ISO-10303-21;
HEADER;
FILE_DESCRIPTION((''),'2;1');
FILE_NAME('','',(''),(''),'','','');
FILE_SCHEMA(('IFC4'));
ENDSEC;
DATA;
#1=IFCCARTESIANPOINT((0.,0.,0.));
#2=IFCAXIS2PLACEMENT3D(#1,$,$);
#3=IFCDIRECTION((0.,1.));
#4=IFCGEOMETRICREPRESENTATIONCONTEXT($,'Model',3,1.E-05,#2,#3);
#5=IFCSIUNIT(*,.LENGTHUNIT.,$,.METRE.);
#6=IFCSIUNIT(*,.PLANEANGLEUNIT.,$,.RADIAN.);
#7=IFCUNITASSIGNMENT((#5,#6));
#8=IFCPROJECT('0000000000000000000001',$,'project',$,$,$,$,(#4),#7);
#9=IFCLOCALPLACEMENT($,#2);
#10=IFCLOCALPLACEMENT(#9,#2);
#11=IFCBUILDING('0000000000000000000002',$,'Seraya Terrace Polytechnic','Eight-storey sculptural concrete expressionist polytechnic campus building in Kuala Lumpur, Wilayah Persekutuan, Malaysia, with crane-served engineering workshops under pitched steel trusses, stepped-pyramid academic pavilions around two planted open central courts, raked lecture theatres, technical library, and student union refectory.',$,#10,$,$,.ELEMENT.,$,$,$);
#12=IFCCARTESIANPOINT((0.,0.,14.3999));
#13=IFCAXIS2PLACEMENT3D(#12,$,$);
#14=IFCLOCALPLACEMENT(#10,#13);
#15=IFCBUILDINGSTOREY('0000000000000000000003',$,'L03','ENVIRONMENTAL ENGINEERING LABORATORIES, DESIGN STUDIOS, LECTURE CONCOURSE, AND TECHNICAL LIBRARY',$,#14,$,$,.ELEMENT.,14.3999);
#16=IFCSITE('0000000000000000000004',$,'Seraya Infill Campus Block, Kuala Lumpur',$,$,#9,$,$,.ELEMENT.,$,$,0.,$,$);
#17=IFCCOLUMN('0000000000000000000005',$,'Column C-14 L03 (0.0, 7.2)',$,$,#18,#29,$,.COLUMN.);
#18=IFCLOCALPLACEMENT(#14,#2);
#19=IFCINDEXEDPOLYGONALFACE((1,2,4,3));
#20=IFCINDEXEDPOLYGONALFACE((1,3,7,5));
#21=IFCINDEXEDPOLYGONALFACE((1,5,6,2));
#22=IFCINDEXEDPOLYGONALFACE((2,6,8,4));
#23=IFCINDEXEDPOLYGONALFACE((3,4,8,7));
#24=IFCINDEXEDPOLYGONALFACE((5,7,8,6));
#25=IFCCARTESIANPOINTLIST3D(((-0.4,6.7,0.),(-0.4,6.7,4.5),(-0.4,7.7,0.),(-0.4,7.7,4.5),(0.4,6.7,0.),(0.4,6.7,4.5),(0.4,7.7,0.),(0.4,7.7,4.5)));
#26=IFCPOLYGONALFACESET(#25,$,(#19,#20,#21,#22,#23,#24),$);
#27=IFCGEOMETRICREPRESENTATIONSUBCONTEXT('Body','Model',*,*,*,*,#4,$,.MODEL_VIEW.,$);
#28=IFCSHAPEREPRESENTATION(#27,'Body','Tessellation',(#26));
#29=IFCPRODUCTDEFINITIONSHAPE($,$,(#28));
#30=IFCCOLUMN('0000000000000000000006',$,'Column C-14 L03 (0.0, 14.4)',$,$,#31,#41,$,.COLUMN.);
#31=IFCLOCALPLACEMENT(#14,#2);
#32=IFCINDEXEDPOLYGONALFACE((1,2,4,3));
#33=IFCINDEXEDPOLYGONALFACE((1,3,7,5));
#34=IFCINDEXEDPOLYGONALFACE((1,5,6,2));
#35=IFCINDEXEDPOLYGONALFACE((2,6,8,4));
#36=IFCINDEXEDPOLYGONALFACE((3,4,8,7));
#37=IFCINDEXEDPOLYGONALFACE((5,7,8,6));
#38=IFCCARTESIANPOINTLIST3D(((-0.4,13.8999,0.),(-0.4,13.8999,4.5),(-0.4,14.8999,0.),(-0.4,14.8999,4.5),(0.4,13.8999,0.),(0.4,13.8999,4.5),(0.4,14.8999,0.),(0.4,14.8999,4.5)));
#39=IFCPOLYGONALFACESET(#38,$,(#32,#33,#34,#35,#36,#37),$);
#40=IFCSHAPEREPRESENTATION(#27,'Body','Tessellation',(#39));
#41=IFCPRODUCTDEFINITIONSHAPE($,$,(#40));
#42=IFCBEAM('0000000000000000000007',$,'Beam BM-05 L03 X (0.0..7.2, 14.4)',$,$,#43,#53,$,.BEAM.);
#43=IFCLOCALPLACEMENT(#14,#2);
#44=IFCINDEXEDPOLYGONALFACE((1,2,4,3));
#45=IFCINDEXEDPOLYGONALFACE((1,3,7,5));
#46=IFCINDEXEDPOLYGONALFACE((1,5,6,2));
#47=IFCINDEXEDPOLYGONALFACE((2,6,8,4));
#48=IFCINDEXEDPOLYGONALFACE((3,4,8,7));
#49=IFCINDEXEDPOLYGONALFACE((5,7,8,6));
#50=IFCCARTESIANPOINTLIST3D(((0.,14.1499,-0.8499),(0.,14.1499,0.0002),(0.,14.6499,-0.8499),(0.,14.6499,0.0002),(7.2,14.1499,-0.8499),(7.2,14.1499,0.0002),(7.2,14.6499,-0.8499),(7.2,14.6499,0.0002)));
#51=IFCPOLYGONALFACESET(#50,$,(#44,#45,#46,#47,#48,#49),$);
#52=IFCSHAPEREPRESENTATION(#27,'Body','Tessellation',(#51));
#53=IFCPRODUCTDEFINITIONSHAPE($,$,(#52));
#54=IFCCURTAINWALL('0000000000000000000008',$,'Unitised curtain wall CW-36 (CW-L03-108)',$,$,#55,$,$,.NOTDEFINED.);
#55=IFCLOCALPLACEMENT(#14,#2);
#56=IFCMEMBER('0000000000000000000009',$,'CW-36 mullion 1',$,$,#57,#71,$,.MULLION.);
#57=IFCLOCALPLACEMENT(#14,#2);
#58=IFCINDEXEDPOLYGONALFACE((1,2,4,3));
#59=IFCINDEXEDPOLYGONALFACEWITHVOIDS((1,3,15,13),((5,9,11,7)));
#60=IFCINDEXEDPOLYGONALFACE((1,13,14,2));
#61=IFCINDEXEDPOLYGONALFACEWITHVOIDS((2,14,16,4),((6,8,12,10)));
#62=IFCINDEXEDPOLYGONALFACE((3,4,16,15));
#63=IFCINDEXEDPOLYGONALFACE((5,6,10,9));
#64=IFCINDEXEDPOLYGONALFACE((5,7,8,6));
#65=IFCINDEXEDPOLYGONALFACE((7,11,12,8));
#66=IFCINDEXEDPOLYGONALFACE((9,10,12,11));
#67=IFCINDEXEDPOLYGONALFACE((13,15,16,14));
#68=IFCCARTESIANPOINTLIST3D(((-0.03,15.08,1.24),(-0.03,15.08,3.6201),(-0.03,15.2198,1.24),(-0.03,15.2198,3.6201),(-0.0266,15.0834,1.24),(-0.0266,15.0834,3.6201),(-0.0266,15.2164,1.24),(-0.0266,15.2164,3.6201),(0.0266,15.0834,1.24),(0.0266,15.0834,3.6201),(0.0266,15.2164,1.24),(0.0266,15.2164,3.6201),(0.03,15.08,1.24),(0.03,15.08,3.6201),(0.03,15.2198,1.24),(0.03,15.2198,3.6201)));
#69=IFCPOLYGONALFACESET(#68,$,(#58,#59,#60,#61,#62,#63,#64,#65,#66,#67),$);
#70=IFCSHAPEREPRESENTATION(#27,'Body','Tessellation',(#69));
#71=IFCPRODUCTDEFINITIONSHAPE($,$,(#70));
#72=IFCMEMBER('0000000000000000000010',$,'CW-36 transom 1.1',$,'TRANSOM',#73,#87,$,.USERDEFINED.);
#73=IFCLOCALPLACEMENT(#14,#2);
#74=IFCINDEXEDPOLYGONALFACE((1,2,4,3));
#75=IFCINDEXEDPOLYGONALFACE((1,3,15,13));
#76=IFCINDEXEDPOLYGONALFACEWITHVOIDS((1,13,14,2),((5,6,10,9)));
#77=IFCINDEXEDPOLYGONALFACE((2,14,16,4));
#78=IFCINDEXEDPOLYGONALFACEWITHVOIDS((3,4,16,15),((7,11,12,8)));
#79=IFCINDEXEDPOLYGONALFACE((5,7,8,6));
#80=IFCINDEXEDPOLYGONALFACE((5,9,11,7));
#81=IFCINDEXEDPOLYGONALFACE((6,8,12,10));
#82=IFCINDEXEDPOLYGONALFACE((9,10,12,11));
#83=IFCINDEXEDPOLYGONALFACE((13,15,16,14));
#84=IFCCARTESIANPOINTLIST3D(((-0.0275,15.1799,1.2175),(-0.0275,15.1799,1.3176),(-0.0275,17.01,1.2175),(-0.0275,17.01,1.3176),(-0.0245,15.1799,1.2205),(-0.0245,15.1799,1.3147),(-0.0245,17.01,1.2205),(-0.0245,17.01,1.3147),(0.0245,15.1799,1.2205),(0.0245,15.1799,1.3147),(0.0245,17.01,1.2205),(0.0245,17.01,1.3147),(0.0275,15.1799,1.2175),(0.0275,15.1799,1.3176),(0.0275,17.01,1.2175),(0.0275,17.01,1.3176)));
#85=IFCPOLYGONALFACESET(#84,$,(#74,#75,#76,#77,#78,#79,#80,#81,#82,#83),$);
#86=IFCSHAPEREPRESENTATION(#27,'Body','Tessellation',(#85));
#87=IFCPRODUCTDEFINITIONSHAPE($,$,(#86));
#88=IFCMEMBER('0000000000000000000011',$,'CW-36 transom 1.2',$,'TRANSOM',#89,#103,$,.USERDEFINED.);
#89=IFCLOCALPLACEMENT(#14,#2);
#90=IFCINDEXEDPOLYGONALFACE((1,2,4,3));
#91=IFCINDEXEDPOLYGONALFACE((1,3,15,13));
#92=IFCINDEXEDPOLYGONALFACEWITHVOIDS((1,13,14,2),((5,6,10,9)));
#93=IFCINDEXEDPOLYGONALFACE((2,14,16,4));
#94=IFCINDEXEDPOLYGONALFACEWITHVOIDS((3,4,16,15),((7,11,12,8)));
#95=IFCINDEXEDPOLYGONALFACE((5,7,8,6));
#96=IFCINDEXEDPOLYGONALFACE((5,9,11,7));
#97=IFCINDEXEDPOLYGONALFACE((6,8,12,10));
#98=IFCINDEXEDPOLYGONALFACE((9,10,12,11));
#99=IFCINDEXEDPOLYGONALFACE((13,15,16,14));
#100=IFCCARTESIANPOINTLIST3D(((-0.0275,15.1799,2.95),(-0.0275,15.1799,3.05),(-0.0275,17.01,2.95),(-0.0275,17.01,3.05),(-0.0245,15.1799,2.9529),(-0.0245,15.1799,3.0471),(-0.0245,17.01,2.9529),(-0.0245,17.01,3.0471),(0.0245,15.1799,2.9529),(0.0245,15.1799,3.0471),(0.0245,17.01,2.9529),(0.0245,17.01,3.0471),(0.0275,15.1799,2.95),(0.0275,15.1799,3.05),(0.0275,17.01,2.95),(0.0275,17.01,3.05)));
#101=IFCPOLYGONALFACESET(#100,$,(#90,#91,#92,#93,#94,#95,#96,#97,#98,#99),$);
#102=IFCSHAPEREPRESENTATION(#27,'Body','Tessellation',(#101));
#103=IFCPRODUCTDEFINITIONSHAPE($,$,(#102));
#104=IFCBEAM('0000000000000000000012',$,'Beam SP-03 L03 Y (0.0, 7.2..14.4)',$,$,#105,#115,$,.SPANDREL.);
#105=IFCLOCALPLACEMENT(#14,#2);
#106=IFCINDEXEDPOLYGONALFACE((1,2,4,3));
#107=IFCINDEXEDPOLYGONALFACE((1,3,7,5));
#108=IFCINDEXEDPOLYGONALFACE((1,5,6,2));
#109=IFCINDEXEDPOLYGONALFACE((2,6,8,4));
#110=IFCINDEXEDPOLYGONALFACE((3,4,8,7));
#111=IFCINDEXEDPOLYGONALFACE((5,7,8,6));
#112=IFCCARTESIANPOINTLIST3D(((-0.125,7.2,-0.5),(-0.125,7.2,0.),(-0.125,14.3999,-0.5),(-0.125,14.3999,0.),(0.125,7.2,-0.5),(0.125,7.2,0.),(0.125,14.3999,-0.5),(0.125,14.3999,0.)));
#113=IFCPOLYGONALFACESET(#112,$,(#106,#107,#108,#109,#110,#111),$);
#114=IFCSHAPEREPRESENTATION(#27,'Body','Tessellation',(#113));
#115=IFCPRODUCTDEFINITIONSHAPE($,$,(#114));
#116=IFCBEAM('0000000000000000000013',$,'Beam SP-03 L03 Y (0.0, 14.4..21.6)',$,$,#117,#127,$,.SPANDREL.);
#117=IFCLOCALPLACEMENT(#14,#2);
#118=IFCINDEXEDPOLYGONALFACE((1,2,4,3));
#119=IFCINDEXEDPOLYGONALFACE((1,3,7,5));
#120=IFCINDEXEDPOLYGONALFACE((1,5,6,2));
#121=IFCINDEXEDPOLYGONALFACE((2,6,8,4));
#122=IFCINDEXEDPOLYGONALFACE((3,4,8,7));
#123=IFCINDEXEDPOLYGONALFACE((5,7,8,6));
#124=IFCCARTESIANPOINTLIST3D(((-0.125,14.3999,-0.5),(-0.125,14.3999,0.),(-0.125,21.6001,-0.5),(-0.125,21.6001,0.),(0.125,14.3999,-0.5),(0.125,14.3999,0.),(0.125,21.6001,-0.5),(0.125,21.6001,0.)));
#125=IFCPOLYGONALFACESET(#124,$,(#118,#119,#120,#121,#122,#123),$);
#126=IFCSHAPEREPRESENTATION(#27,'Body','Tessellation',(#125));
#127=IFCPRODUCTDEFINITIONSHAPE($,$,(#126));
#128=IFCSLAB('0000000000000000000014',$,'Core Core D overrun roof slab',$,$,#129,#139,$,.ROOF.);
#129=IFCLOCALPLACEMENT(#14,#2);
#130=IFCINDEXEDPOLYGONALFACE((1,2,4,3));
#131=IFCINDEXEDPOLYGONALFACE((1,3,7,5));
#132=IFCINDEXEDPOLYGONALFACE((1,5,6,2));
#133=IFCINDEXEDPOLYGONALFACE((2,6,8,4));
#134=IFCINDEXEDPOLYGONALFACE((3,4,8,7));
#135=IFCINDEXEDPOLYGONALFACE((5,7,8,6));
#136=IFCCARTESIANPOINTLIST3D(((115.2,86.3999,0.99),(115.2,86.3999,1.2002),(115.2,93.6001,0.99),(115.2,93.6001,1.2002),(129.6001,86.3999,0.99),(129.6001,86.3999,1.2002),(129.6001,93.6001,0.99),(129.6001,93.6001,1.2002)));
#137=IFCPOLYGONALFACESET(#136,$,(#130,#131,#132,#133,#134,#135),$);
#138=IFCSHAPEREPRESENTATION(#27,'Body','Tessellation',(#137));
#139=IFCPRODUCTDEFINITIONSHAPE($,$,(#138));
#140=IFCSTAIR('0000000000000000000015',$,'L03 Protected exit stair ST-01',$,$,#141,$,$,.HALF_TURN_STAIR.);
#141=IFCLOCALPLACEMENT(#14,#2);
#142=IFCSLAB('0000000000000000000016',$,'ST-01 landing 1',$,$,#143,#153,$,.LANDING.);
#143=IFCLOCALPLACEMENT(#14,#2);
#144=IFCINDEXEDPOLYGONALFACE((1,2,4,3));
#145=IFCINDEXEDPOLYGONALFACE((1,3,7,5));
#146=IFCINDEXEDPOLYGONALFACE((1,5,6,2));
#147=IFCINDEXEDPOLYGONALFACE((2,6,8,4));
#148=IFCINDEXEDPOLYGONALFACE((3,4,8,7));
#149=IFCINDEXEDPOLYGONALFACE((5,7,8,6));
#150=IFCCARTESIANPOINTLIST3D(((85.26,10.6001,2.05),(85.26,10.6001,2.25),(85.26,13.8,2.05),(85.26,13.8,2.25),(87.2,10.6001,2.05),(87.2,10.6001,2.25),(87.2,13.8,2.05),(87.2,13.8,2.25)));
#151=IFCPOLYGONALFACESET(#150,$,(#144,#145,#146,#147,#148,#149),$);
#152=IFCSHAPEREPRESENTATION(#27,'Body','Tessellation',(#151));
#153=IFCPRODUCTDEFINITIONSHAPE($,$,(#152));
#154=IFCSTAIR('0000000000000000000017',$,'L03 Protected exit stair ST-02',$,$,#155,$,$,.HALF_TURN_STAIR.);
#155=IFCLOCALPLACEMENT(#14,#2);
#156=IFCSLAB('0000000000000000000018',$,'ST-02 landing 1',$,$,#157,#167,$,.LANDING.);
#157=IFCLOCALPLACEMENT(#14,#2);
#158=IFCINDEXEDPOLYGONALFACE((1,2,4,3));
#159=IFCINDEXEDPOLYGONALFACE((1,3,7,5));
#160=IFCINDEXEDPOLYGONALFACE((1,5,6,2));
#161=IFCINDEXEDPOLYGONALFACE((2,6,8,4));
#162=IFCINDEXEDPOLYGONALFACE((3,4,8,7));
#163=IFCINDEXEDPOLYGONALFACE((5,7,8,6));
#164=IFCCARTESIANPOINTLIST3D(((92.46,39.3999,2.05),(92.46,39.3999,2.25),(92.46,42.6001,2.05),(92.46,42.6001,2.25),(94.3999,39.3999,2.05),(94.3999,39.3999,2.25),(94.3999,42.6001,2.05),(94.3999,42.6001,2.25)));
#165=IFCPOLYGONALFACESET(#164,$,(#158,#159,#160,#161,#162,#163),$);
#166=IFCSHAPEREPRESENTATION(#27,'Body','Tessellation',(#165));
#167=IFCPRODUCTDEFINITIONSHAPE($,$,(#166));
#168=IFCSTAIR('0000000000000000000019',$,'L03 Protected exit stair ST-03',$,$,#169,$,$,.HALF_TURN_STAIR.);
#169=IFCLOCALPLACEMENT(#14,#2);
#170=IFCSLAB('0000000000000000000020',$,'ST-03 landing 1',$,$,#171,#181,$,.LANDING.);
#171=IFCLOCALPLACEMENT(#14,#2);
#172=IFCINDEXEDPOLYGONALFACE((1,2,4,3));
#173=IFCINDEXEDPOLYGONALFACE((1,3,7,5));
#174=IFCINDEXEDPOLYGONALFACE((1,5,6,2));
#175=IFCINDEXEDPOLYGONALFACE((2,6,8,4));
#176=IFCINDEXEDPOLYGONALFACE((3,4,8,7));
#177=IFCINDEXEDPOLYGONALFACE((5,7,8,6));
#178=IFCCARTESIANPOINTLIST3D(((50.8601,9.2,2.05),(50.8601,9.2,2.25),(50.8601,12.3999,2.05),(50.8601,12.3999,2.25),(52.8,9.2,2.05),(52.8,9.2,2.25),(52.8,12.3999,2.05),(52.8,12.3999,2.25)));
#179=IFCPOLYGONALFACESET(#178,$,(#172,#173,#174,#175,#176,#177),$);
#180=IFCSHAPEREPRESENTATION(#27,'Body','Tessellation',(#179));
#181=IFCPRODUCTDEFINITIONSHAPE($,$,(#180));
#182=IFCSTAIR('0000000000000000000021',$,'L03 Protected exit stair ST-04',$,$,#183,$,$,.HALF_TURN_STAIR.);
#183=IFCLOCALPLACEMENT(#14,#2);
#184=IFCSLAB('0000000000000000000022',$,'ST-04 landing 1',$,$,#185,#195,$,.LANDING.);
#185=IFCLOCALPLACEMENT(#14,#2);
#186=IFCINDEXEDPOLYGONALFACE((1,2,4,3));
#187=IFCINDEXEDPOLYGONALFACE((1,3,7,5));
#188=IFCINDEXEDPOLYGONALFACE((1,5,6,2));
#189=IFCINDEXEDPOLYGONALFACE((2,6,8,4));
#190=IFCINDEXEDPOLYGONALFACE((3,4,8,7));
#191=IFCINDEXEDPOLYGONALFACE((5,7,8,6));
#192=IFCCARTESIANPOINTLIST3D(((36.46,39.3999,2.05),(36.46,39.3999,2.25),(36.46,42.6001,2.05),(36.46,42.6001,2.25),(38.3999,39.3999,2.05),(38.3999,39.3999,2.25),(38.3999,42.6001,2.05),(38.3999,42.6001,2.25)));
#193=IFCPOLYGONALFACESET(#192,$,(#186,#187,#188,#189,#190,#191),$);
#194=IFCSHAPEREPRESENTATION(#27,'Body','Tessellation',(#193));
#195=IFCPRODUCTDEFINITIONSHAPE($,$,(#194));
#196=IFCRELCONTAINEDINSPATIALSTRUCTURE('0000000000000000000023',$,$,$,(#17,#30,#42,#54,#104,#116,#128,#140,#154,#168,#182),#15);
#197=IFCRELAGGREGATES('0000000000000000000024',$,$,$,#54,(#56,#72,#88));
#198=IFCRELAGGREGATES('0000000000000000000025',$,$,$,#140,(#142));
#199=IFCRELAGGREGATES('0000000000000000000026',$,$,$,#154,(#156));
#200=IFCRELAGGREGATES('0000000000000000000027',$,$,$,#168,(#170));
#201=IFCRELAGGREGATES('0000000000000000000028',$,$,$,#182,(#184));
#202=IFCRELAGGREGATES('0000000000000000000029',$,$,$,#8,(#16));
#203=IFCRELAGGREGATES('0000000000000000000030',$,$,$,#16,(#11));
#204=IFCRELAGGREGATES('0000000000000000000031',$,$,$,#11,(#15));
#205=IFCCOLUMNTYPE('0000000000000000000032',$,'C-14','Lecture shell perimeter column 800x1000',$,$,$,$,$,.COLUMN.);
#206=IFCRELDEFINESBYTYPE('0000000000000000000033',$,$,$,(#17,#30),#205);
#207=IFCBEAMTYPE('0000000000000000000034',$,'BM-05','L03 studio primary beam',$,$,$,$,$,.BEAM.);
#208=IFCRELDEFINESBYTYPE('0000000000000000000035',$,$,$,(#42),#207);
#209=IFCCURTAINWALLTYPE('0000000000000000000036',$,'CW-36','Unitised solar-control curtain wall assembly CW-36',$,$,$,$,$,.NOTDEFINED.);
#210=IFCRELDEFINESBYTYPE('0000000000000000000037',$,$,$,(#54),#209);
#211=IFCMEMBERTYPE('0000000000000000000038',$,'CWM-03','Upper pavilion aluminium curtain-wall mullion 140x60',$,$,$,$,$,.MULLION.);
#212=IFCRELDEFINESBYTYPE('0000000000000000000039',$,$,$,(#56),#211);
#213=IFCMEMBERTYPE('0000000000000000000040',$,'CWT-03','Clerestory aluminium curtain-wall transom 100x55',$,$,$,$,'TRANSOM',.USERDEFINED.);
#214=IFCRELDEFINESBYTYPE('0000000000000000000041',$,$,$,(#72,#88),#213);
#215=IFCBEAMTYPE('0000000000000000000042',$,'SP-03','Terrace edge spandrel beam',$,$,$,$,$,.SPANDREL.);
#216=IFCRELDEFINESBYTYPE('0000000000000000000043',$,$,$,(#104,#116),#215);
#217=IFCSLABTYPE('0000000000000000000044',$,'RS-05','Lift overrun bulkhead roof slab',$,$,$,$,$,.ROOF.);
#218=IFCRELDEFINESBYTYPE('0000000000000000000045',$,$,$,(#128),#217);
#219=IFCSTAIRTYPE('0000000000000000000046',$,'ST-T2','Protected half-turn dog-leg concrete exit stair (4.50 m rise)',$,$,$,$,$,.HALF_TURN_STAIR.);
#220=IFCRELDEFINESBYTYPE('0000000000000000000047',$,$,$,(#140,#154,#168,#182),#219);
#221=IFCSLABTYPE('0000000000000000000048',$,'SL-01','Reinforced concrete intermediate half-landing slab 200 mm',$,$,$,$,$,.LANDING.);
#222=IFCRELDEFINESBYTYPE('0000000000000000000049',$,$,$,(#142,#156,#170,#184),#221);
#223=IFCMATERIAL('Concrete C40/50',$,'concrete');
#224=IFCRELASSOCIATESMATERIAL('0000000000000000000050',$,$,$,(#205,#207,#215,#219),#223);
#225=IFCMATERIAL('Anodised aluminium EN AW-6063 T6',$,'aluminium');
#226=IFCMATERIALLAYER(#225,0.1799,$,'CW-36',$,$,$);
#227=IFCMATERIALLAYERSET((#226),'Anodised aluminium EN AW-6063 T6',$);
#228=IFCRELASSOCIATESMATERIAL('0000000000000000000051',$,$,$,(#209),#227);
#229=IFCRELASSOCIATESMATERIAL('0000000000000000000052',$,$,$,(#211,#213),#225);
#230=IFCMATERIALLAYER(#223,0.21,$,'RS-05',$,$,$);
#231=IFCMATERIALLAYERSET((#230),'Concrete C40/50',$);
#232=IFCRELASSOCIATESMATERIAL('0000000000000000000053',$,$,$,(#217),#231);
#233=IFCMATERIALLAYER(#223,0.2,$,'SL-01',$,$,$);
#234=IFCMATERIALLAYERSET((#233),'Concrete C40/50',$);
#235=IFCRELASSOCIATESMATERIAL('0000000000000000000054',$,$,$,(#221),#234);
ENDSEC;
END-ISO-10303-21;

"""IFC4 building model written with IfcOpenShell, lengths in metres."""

from ifc_helpers import new_model, si_unit, direction, frame, origin, origin_2d, place, context, subcontext, project, spatial, polyline, rectangle, hollow_rectangle, outline, extrude, material, layer, layer_set, material_profile, profile_set, type_object, element, aggregate, save


model = new_model("IFC4")

# Units and contexts
model_context = context("Model", 3, precision=1e-05, world=origin(), true_north=direction((0.0, 1.0)))
body_context = subcontext(model_context, "Body", "Model", "MODEL_VIEW")
ifc_project = project(units=[si_unit("LENGTHUNIT", "METRE"), si_unit("PLANEANGLEUNIT", "RADIAN")], contexts=[model_context])

# Site, building, storey
site_placement = place(None, origin())
site = spatial("IfcSite", under=ifc_project, at=site_placement, Name="Seraya Infill Campus Block, Kuala Lumpur", CompositionType="ELEMENT", RefElevation=0.0)
building_placement = place(site_placement, origin())
building = spatial("IfcBuilding", under=site, at=building_placement, Name="Seraya Terrace Polytechnic", Description="Eight-storey sculptural concrete expressionist polytechnic campus building in Kuala Lumpur, Wilayah Persekutuan, Malaysia, with crane-served engineering workshops under pitched steel trusses, stepped-pyramid academic pavilions around two planted open central courts, raked lecture theatres, technical library, and student union refectory.", CompositionType="ELEMENT")
storey_placement = place(building_placement, frame((0.0, 0.0, 14.3999)))
storey = spatial("IfcBuildingStorey", under=building, at=storey_placement, Name="L03", Description="ENVIRONMENTAL ENGINEERING LABORATORIES, DESIGN STUDIOS, LECTURE CONCOURSE, AND TECHNICAL LIBRARY", CompositionType="ELEMENT", Elevation=14.3999)

# Columns
ifc_material_1 = material(Name="Concrete C40/50", Category="concrete")
ifc_material_profile_1 = material_profile(ifc_material_1, rectangle(XDim=0.8, YDim=1.0, at=origin_2d()), Name="RC 800x1000")
ifc_profile_set_1 = profile_set([ifc_material_profile_1], Name="Concrete C40/50")
column_type = type_object("IfcColumnType", Name="C-14", Description="Lecture shell perimeter column 800x1000", PredefinedType="COLUMN", material=ifc_profile_set_1)
for number, where, z_axis, x_axis, name in (
    (1, (0.0, 7.2, 0.0), (0.0, 0.0, 1.0), (1.0, 0.0, 0.0), "Column C-14 L03 (0.0, 7.2)"),
    (2, (0.0, 14.3999, 0.0), (0.0, 0.0, 1.0), (1.0, 0.0, 0.0), "Column C-14 L03 (0.0, 14.4)"),
):
    element("IfcColumn", number, at=place(storey_placement, frame(where, z_axis=z_axis, x_axis=x_axis)), inside=storey, type_object=column_type, Name=name, PredefinedType="COLUMN", context=body_context, shape_type="SweptSolid", body=[
        extrude(rectangle(XDim=0.8, YDim=1.0, at=origin_2d()), origin(), (0.0, 0.0, 1.0), 4.5),
    ])

# Beam
ifc_material_profile_2 = material_profile(ifc_material_1, rectangle(XDim=0.5, YDim=0.8501, at=origin_2d()), Name="RC 500x850")
ifc_profile_set_2 = profile_set([ifc_material_profile_2], Name="Concrete C40/50")
beam_type_1 = type_object("IfcBeamType", Name="BM-05", Description="L03 studio primary beam", PredefinedType="BEAM", material=ifc_profile_set_2)
beam_1_placement = place(storey_placement, frame((0.0, 14.3999, -0.4248), z_axis=(1.0, 0.0, 0.0), x_axis=(0.0, 1.0, 0.0)))
element("IfcBeam", 3, at=beam_1_placement, inside=storey, type_object=beam_type_1, Name="Beam BM-05 L03 X (0.0..7.2, 14.4)", PredefinedType="BEAM", context=body_context, shape_type="SweptSolid", body=[
    extrude(rectangle(XDim=0.5, YDim=0.8501, at=origin_2d()), origin(), (0.0, 0.0, 1.0), 7.2),
])

# Curtain wall, members
ifc_material_2 = material(Name="Anodised aluminium EN AW-6063 T6", Category="aluminium")
ifc_layer_1 = layer(ifc_material_2, 0.1799, Name="CW-36")
ifc_layer_set_1 = layer_set([ifc_layer_1], Name="Anodised aluminium EN AW-6063 T6")
curtain_wall_type = type_object("IfcCurtainWallType", Name="CW-36", Description="Unitised solar-control curtain wall assembly CW-36", PredefinedType="NOTDEFINED", material=ifc_layer_set_1)
curtain_wall_placement = place(storey_placement, origin())
curtain_wall = element("IfcCurtainWall", 4, at=curtain_wall_placement, inside=storey, type_object=curtain_wall_type, Name="Unitised curtain wall CW-36 (CW-L03-108)", PredefinedType="NOTDEFINED")
ifc_material_profile_3 = material_profile(ifc_material_2, hollow_rectangle(XDim=0.0601, YDim=0.1399, WallThickness=0.0034, at=origin_2d()), Name="RHS 140x60x3.5")
ifc_profile_set_3 = profile_set([ifc_material_profile_3], Name="Anodised aluminium EN AW-6063 T6")
member_type_1 = type_object("IfcMemberType", Name="CWM-03", Description="Upper pavilion aluminium curtain-wall mullion 140x60", PredefinedType="MULLION", material=ifc_profile_set_3)
member_1_placement = place(storey_placement, frame((0.0, 15.1499, 1.24), z_axis=(0.0, 0.0, 1.0), x_axis=(-1.0, 0.0, 0.0)))
member_1 = element("IfcMember", 5, at=member_1_placement, type_object=member_type_1, Name="CW-36 mullion 1", PredefinedType="MULLION", context=body_context, shape_type="SweptSolid", body=[
    extrude(hollow_rectangle(XDim=0.0601, YDim=0.1399, WallThickness=0.0034, at=origin_2d()), origin(), (0.0, 0.0, 1.0), 2.3801),
])
ifc_material_profile_4 = material_profile(ifc_material_2, hollow_rectangle(XDim=0.0549, YDim=0.1001, WallThickness=0.0029, at=origin_2d()), Name="RHS 100x55x3.0")
ifc_profile_set_4 = profile_set([ifc_material_profile_4], Name="Anodised aluminium EN AW-6063 T6")
member_type_2 = type_object("IfcMemberType", Name="CWT-03", Description="Clerestory aluminium curtain-wall transom 100x55", ElementType="TRANSOM", PredefinedType="USERDEFINED", material=ifc_profile_set_4)
member_2_placement = place(storey_placement, frame((0.0, 15.1799, 1.2676), z_axis=(0.0, 1.0, 0.0), x_axis=(-1.0, 0.0, 0.0)))
member_2 = element("IfcMember", 6, at=member_2_placement, type_object=member_type_2, Name="CW-36 transom 1.1", ObjectType="TRANSOM", PredefinedType="USERDEFINED", context=body_context, shape_type="SweptSolid", body=[
    extrude(hollow_rectangle(XDim=0.0549, YDim=0.1001, WallThickness=0.0029, at=origin_2d()), origin(), (0.0, 0.0, 1.0), 1.8301),
])
member_3_placement = place(storey_placement, frame((0.0, 15.1799, 3.0), z_axis=(0.0, 1.0, 0.0), x_axis=(-1.0, 0.0, 0.0)))
member_3 = element("IfcMember", 7, at=member_3_placement, type_object=member_type_2, Name="CW-36 transom 1.2", ObjectType="TRANSOM", PredefinedType="USERDEFINED", context=body_context, shape_type="SweptSolid", body=[
    extrude(hollow_rectangle(XDim=0.0549, YDim=0.1001, WallThickness=0.0029, at=origin_2d()), origin(), (0.0, 0.0, 1.0), 1.8301),
])
aggregate(curtain_wall, [member_1, member_2, member_3])

# Beams
ifc_material_profile_5 = material_profile(ifc_material_1, rectangle(XDim=0.25, YDim=0.5, at=origin_2d()), Name="RC 250x500")
ifc_profile_set_5 = profile_set([ifc_material_profile_5], Name="Concrete C40/50")
beam_type_2 = type_object("IfcBeamType", Name="SP-03", Description="Terrace edge spandrel beam", PredefinedType="SPANDREL", material=ifc_profile_set_5)
beam_2_placement = place(storey_placement, frame((0.0, 7.2, -0.25), z_axis=(0.0, 1.0, 0.0), x_axis=(-1.0, 0.0, 0.0)))
element("IfcBeam", 8, at=beam_2_placement, inside=storey, type_object=beam_type_2, Name="Beam SP-03 L03 Y (0.0, 7.2..14.4)", PredefinedType="SPANDREL", context=body_context, shape_type="SweptSolid", body=[
    extrude(rectangle(XDim=0.25, YDim=0.5, at=origin_2d()), origin(), (0.0, 0.0, 1.0), 7.2),
])
beam_3_placement = place(storey_placement, frame((0.0, 14.3999, -0.25), z_axis=(0.0, 1.0, 0.0), x_axis=(-1.0, 0.0, 0.0)))
element("IfcBeam", 9, at=beam_3_placement, inside=storey, type_object=beam_type_2, Name="Beam SP-03 L03 Y (0.0, 14.4..21.6)", PredefinedType="SPANDREL", context=body_context, shape_type="SweptSolid", body=[
    extrude(rectangle(XDim=0.25, YDim=0.5, at=origin_2d()), origin(), (0.0, 0.0, 1.0), 7.2002),
])

# Slab
ifc_layer_2 = layer(ifc_material_1, 0.21, Name="RS-05")
ifc_layer_set_2 = layer_set([ifc_layer_2], Name="Concrete C40/50")
slab_type_1 = type_object("IfcSlabType", Name="RS-05", Description="Lift overrun bulkhead roof slab", PredefinedType="ROOF", material=ifc_layer_set_2)
slab_1_placement = place(storey_placement, frame((0.0, 0.0, 0.99)))
element("IfcSlab", 10, at=slab_1_placement, inside=storey, type_object=slab_type_1, Name="Core Core D overrun roof slab", PredefinedType="ROOF", context=body_context, shape_type="SweptSolid", body=[
    extrude(outline(polyline([(115.2, 86.3999), (129.6001, 86.3999), (129.6001, 93.6001), (115.2, 93.6001), (115.2, 86.3999)])), origin(), (0.0, 0.0, 1.0), 0.2102),
])

# Stairs, slabs
stair_type = type_object("IfcStairType", Name="ST-T2", Description="Protected half-turn dog-leg concrete exit stair (4.50 m rise)", PredefinedType="HALF_TURN_STAIR", material=ifc_material_1)
stair_1_placement = place(storey_placement, origin())
stair_1 = element("IfcStair", 11, at=stair_1_placement, inside=storey, type_object=stair_type, Name="L03 Protected exit stair ST-01", PredefinedType="HALF_TURN_STAIR")
ifc_layer_3 = layer(ifc_material_1, 0.2, Name="SL-01")
ifc_layer_set_3 = layer_set([ifc_layer_3], Name="Concrete C40/50")
slab_type_2 = type_object("IfcSlabType", Name="SL-01", Description="Reinforced concrete intermediate half-landing slab 200 mm", PredefinedType="LANDING", material=ifc_layer_set_3)
slab_2_placement = place(storey_placement, frame((0.0, 0.0, 2.05)))
slab_2 = element("IfcSlab", 12, at=slab_2_placement, type_object=slab_type_2, Name="ST-01 landing 1", PredefinedType="LANDING", context=body_context, shape_type="SweptSolid", body=[
    extrude(outline(polyline([(85.26, 10.6001), (87.2, 10.6001), (87.2, 13.8), (85.26, 13.8), (85.26, 10.6001)])), origin(), (0.0, 0.0, 1.0), 0.2),
])
aggregate(stair_1, [slab_2])
stair_2_placement = place(storey_placement, origin())
stair_2 = element("IfcStair", 13, at=stair_2_placement, inside=storey, type_object=stair_type, Name="L03 Protected exit stair ST-02", PredefinedType="HALF_TURN_STAIR")
slab_3_placement = place(storey_placement, frame((0.0, 0.0, 2.05)))
slab_3 = element("IfcSlab", 14, at=slab_3_placement, type_object=slab_type_2, Name="ST-02 landing 1", PredefinedType="LANDING", context=body_context, shape_type="SweptSolid", body=[
    extrude(outline(polyline([(92.46, 39.3999), (94.3999, 39.3999), (94.3999, 42.6001), (92.46, 42.6001), (92.46, 39.3999)])), origin(), (0.0, 0.0, 1.0), 0.2),
])
aggregate(stair_2, [slab_3])
stair_3_placement = place(storey_placement, origin())
stair_3 = element("IfcStair", 15, at=stair_3_placement, inside=storey, type_object=stair_type, Name="L03 Protected exit stair ST-03", PredefinedType="HALF_TURN_STAIR")
slab_4_placement = place(storey_placement, frame((0.0, 0.0, 2.05)))
slab_4 = element("IfcSlab", 16, at=slab_4_placement, type_object=slab_type_2, Name="ST-03 landing 1", PredefinedType="LANDING", context=body_context, shape_type="SweptSolid", body=[
    extrude(outline(polyline([(50.8601, 9.2), (52.8, 9.2), (52.8, 12.3999), (50.8601, 12.3999), (50.8601, 9.2)])), origin(), (0.0, 0.0, 1.0), 0.2),
])
aggregate(stair_3, [slab_4])
stair_4_placement = place(storey_placement, origin())
stair_4 = element("IfcStair", 17, at=stair_4_placement, inside=storey, type_object=stair_type, Name="L03 Protected exit stair ST-04", PredefinedType="HALF_TURN_STAIR")
slab_5_placement = place(storey_placement, frame((0.0, 0.0, 2.05)))
slab_5 = element("IfcSlab", 18, at=slab_5_placement, type_object=slab_type_2, Name="ST-04 landing 1", PredefinedType="LANDING", context=body_context, shape_type="SweptSolid", body=[
    extrude(outline(polyline([(36.46, 39.3999), (38.3999, 39.3999), (38.3999, 42.6001), (36.46, 42.6001), (36.46, 39.3999)])), origin(), (0.0, 0.0, 1.0), 0.2),
])
aggregate(stair_4, [slab_5])

save(model, "model.ifc")
